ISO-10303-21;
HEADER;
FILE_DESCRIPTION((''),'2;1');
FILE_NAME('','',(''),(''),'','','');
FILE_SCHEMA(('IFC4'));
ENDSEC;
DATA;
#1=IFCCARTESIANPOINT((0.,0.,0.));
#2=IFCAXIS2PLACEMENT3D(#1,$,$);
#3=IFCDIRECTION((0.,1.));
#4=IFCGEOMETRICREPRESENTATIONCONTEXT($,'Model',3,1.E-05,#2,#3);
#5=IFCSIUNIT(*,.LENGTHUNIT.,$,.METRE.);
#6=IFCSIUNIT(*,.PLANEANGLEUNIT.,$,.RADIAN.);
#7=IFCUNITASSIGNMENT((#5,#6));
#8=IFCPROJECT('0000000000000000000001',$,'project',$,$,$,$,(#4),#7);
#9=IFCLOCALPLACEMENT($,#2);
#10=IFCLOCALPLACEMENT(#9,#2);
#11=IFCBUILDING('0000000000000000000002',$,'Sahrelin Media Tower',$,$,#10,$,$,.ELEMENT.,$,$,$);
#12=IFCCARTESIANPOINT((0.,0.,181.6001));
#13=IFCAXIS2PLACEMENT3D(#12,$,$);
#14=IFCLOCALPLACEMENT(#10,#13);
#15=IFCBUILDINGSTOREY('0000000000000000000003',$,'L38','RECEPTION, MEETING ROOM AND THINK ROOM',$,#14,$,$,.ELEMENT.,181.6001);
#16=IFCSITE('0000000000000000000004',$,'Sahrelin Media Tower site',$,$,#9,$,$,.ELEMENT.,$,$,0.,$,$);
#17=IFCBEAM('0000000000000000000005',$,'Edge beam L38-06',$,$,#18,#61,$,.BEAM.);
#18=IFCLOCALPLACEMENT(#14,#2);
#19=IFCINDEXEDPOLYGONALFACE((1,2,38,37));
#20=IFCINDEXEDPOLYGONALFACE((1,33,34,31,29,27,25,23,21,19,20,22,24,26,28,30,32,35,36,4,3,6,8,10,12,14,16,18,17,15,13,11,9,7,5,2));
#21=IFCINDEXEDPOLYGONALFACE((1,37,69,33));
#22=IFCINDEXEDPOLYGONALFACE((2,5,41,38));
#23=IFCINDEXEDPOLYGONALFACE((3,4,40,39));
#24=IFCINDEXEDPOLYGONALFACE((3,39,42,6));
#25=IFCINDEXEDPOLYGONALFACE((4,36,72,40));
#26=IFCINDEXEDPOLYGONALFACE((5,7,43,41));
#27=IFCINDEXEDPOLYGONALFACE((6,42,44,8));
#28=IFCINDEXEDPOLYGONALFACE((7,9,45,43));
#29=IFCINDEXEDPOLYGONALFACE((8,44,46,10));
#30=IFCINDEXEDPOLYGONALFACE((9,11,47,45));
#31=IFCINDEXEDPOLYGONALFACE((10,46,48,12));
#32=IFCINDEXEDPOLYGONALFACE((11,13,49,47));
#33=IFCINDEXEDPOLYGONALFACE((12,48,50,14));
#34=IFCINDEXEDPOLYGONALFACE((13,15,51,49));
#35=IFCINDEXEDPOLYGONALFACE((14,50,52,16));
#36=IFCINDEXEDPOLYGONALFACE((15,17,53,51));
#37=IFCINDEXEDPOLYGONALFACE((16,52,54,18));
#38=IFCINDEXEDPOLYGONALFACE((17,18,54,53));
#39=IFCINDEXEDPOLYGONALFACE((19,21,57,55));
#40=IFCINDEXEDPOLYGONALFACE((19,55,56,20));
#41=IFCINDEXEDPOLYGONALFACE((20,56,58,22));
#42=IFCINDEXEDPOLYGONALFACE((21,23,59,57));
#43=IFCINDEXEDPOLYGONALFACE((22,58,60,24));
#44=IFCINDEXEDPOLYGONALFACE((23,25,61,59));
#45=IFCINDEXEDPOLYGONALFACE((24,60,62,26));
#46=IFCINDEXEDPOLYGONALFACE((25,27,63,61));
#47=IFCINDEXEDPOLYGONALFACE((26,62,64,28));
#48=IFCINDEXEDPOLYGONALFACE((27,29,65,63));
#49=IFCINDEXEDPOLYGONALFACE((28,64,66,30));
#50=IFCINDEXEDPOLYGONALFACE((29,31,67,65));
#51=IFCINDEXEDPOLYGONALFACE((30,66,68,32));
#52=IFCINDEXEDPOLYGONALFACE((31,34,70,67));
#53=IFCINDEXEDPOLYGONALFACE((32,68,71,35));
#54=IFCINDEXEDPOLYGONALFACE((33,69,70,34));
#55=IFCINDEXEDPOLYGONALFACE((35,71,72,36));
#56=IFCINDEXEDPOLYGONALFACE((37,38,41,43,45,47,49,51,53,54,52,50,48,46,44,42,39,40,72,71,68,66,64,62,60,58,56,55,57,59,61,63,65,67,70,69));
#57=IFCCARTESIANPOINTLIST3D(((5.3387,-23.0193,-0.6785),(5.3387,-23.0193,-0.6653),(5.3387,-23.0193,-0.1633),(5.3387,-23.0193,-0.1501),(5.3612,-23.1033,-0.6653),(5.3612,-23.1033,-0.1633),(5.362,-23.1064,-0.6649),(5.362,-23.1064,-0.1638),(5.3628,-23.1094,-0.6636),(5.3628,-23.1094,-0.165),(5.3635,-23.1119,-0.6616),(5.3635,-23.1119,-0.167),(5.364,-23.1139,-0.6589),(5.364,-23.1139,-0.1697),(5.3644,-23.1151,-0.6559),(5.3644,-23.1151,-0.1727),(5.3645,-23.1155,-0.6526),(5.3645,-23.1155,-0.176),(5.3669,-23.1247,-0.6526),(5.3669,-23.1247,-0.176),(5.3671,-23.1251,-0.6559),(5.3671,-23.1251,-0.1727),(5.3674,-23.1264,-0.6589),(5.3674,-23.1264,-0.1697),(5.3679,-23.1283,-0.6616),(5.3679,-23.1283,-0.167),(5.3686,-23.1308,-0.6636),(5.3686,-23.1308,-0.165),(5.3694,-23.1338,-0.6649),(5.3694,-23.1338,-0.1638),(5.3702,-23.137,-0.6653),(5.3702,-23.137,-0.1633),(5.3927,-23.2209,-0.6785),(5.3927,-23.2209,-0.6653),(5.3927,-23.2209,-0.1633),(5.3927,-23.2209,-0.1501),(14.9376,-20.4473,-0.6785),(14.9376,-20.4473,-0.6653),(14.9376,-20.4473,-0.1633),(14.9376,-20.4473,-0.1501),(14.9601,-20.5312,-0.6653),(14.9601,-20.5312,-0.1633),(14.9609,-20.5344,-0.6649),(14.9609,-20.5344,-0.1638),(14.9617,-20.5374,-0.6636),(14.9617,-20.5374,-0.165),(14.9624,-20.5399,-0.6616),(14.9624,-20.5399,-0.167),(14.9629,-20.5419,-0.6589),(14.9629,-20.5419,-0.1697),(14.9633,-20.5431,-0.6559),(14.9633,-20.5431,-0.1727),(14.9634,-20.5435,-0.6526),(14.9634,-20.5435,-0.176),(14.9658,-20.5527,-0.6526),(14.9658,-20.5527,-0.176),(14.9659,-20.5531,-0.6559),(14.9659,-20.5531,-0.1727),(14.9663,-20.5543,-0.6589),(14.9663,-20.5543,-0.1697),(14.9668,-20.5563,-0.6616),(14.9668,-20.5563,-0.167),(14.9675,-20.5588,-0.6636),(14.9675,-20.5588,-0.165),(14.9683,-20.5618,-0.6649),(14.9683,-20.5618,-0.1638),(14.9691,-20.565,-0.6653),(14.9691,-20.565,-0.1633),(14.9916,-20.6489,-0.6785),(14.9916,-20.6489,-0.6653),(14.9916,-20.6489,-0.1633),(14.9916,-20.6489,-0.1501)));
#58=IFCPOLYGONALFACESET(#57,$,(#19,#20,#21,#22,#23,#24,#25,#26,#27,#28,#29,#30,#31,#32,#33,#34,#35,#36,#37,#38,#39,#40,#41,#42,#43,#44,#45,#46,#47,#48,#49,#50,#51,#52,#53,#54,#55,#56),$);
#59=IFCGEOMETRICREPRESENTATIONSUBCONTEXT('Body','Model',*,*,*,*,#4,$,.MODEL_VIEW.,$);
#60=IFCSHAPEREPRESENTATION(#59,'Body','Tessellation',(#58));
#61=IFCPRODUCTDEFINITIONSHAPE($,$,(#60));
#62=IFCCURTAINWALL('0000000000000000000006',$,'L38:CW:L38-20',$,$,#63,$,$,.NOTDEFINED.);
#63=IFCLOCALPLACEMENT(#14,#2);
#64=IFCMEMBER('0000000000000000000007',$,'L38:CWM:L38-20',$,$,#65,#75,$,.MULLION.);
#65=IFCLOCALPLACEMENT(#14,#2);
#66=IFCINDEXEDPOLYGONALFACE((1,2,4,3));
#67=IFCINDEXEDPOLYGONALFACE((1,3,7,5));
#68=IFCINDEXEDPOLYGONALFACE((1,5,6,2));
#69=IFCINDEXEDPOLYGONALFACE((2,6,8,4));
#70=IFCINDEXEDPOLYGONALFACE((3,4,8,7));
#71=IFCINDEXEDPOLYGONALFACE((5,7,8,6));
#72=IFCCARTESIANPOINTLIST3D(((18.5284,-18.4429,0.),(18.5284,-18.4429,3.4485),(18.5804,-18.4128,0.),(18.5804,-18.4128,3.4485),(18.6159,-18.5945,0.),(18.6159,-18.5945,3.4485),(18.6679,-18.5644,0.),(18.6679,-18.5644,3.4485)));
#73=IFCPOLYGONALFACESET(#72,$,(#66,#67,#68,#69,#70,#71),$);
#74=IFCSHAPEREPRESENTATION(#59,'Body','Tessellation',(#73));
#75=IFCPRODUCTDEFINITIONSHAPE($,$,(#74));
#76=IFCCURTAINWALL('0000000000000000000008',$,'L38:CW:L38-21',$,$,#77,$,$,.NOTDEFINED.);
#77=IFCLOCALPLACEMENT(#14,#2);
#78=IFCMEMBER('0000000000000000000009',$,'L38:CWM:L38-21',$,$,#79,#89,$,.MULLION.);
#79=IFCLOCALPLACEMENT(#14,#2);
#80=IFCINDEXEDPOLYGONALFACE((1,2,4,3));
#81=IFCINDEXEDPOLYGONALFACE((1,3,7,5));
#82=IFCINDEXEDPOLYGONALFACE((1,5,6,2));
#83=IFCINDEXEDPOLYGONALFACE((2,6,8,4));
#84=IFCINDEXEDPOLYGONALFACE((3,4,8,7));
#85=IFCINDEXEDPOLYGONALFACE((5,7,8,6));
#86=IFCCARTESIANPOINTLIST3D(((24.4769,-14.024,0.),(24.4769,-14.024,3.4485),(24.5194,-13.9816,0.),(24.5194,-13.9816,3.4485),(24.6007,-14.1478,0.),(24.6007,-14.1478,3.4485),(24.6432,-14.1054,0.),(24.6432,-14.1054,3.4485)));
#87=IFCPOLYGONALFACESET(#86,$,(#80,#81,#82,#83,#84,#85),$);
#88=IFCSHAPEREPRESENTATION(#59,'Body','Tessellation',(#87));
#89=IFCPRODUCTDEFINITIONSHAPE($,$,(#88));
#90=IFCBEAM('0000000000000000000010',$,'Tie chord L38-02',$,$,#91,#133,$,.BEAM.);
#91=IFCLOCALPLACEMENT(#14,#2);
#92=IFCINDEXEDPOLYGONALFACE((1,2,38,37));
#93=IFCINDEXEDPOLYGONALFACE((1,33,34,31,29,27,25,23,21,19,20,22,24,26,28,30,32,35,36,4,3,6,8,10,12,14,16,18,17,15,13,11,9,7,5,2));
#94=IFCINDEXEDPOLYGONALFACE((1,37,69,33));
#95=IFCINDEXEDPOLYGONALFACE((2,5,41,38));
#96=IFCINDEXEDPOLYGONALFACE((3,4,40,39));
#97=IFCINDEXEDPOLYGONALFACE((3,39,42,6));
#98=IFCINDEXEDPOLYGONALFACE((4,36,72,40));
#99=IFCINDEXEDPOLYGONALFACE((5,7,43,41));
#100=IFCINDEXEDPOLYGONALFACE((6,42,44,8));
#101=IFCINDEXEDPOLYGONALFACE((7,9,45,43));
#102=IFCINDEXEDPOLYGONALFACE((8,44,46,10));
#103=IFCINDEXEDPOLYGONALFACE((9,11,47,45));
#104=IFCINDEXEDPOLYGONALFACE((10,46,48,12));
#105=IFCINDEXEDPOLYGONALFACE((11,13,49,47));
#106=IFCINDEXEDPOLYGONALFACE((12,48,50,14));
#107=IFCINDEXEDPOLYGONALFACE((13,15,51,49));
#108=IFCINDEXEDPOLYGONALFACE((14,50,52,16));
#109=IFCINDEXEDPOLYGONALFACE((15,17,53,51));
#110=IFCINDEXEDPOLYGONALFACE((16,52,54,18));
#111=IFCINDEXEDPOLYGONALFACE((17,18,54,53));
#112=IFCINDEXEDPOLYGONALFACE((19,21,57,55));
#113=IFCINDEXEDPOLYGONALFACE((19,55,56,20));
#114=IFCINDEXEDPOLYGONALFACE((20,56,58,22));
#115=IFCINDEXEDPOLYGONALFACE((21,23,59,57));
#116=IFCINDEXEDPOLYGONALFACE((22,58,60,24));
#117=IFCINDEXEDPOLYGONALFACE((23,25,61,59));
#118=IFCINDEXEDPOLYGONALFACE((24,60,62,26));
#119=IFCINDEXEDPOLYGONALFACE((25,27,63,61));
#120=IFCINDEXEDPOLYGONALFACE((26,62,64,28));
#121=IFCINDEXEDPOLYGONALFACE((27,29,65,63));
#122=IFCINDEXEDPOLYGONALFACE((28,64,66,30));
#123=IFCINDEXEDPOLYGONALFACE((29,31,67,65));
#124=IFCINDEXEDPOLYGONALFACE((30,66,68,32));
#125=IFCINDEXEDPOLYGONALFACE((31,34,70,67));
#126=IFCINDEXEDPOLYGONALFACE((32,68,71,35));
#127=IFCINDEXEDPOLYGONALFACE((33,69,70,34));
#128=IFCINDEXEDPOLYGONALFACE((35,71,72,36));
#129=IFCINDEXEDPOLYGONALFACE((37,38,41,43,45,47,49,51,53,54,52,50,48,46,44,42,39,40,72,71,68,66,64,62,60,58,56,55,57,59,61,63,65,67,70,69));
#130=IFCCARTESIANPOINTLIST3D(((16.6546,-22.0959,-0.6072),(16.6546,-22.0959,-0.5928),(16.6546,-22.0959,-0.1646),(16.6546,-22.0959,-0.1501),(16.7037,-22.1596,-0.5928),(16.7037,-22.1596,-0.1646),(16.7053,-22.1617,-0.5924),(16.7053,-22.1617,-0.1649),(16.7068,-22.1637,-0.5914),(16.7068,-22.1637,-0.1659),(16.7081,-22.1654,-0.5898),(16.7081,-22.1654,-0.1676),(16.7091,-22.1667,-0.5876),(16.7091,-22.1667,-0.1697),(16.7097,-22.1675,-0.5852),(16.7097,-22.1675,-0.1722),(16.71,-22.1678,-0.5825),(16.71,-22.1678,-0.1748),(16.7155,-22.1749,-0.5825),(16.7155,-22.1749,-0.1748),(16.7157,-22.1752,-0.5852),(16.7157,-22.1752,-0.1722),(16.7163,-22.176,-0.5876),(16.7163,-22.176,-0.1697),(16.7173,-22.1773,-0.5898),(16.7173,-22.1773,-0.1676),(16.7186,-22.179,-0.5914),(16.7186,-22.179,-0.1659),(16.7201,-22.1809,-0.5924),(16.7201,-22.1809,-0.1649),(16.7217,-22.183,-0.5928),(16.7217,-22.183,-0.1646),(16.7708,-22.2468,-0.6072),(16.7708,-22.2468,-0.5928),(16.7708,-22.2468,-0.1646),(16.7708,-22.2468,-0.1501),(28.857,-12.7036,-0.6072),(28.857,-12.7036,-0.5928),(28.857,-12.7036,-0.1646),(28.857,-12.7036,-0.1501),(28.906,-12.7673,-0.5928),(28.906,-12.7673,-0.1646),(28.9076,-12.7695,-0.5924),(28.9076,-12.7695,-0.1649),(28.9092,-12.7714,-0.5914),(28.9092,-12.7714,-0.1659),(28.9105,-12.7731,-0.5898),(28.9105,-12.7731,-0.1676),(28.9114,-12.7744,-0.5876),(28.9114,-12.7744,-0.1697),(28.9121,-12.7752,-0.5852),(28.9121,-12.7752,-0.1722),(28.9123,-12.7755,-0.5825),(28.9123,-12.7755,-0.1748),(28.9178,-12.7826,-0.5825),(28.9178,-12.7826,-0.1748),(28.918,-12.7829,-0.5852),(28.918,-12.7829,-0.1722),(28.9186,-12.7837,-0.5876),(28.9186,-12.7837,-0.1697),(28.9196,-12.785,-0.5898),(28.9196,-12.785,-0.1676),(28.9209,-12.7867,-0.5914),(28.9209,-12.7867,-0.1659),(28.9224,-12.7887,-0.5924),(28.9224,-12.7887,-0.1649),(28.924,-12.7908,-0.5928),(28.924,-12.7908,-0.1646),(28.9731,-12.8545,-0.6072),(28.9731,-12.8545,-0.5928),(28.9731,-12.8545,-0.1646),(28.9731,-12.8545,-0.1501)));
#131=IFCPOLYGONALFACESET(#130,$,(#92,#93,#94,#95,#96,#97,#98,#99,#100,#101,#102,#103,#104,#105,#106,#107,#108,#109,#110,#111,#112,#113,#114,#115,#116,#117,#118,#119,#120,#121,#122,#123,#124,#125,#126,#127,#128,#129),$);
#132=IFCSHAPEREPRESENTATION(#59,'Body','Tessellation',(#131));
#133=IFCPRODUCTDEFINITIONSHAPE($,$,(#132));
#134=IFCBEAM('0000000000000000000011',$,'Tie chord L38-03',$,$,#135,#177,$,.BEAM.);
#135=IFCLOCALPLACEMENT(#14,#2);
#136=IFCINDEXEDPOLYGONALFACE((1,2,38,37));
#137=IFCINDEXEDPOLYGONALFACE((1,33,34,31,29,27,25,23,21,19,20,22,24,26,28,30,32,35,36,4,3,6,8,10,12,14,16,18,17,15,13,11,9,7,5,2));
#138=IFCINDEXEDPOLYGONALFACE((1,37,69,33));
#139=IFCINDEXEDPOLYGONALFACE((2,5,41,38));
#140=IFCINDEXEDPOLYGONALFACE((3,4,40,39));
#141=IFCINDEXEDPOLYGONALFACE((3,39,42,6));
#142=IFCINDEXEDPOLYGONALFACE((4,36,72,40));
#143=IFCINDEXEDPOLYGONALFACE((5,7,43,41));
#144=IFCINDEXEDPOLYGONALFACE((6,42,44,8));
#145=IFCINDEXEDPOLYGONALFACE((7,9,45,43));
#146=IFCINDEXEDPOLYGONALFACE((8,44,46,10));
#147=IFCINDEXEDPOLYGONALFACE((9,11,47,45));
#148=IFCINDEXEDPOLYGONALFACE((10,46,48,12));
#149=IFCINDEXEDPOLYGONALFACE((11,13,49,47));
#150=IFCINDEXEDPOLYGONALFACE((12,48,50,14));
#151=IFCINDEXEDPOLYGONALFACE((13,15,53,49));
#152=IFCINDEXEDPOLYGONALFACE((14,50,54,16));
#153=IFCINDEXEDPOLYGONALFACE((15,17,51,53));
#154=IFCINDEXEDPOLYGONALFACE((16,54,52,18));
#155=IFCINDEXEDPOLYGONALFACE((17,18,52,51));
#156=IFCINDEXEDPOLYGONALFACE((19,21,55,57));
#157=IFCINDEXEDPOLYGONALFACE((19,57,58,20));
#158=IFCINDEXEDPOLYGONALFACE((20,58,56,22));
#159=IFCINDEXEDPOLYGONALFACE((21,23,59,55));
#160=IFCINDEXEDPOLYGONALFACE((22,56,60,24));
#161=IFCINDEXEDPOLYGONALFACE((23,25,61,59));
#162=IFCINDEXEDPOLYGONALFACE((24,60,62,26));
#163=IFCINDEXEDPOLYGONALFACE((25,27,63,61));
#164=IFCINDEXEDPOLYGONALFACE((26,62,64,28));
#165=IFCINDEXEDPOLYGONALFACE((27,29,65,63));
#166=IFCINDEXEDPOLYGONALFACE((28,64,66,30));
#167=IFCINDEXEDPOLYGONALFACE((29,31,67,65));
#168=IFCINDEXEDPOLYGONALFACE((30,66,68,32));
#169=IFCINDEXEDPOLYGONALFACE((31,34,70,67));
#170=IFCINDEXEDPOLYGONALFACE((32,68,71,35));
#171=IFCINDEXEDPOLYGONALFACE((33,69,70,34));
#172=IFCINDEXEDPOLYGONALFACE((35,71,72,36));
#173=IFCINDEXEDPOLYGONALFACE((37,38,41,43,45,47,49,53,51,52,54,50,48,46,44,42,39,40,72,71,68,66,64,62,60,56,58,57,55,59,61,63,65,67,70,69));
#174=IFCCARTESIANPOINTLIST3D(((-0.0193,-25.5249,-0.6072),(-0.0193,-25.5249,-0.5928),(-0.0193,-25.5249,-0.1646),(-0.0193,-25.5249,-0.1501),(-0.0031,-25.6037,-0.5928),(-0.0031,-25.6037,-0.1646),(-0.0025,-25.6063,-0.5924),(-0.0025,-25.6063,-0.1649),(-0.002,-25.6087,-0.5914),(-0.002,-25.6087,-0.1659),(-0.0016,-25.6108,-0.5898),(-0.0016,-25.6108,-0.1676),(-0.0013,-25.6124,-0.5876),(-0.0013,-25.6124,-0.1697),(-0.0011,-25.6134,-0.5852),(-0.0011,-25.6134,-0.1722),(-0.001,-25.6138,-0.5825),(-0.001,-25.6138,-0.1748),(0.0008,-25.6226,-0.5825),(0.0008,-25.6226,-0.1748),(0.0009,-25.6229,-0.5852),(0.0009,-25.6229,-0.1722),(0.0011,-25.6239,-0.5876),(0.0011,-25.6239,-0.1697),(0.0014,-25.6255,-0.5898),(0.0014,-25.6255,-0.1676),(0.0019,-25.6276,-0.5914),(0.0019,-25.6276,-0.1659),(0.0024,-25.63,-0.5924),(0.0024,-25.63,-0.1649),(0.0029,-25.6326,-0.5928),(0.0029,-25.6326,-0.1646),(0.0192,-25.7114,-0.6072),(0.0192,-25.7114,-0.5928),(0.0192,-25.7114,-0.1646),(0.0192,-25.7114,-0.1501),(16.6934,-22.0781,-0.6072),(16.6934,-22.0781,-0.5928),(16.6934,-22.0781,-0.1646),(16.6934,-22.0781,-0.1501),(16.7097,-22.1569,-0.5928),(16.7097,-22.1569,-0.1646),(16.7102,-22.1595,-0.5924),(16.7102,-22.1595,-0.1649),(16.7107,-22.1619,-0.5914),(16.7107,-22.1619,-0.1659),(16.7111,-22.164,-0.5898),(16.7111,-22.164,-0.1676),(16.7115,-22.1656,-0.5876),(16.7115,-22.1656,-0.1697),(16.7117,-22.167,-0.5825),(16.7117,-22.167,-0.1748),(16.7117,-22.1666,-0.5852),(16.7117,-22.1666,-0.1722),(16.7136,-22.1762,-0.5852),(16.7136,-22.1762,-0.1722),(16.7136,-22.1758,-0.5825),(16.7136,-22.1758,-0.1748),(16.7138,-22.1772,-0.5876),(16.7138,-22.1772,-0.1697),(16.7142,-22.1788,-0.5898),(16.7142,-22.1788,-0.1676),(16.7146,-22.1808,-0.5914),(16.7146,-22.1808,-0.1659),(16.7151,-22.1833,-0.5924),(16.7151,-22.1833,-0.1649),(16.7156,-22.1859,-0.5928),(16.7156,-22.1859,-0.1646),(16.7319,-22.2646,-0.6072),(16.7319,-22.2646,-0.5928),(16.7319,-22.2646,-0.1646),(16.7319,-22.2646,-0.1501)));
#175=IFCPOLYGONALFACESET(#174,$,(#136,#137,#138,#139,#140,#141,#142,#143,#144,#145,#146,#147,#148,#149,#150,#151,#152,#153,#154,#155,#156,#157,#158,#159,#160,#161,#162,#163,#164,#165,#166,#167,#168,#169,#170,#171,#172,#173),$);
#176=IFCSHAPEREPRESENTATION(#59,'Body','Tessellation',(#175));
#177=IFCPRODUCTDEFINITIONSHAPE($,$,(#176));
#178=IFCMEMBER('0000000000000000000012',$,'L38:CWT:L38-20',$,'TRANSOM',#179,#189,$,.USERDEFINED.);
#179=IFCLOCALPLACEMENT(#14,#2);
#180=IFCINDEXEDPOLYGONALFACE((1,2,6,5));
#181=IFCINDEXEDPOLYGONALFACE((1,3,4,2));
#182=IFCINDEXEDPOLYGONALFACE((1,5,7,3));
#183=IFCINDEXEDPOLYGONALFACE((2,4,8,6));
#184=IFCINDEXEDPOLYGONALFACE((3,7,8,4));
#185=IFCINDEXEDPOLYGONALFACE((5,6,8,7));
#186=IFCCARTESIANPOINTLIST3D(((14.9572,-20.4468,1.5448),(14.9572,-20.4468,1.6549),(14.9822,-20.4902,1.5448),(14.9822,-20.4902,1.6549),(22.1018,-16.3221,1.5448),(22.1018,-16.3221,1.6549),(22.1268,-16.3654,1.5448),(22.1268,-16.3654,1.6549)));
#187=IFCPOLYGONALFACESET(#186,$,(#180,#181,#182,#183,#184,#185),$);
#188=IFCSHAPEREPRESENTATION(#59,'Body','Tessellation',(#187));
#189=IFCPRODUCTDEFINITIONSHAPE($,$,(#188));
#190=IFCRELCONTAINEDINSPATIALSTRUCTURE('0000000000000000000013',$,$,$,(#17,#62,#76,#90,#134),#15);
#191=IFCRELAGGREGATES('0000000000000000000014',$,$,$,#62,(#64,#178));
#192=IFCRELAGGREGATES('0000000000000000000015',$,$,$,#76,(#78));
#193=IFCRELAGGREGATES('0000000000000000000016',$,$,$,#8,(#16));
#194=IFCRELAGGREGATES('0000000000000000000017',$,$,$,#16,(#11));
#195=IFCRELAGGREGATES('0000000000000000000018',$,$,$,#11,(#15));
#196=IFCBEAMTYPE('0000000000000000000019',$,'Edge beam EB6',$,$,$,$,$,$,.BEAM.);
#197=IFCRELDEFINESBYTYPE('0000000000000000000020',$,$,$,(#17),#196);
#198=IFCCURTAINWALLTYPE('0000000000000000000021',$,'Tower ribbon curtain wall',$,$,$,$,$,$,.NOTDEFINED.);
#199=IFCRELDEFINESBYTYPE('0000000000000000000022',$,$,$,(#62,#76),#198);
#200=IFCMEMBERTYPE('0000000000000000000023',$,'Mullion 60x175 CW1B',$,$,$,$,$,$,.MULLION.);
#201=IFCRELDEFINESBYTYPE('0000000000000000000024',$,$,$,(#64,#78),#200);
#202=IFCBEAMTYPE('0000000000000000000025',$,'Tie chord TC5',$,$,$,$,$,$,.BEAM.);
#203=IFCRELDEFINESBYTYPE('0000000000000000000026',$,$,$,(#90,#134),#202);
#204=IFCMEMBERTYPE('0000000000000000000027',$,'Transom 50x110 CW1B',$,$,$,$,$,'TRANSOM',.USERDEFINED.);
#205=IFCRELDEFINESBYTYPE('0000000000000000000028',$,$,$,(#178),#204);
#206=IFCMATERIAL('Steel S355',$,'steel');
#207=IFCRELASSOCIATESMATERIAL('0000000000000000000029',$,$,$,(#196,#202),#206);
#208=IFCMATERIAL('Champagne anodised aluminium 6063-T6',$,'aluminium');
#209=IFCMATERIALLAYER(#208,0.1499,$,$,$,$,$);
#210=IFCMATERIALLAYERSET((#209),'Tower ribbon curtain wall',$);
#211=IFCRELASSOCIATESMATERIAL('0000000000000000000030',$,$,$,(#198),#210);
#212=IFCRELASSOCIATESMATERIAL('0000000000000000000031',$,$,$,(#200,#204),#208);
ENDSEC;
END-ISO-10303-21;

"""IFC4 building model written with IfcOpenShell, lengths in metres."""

from ifc_helpers import new_model, si_unit, direction, frame, origin, origin_2d, place, context, subcontext, project, spatial, rectangle, i_section, extrude, material, layer, layer_set, material_profile, profile_set, type_object, element, aggregate, save


model = new_model("IFC4")

# Units and contexts
model_context = context("Model", 3, precision=1e-05, world=origin(), true_north=direction((0.0, 1.0)))
body_context = subcontext(model_context, "Body", "Model", "MODEL_VIEW")
ifc_project = project(units=[si_unit("LENGTHUNIT", "METRE"), si_unit("PLANEANGLEUNIT", "RADIAN")], contexts=[model_context])

# Site, building, storey
site_placement = place(None, origin())
site = spatial("IfcSite", under=ifc_project, at=site_placement, Name="Sahrelin Media Tower site", CompositionType="ELEMENT", RefElevation=0.0)
building_placement = place(site_placement, origin())
building = spatial("IfcBuilding", under=site, at=building_placement, Name="Sahrelin Media Tower", CompositionType="ELEMENT")
storey_placement = place(building_placement, frame((0.0, 0.0, 181.6001)))
storey = spatial("IfcBuildingStorey", under=building, at=storey_placement, Name="L38", Description="RECEPTION, MEETING ROOM AND THINK ROOM", CompositionType="ELEMENT", Elevation=181.6001)

# Beam
ifc_material_1 = material(Name="Steel S355", Category="steel")
ifc_material_profile_1 = material_profile(ifc_material_1, i_section(OverallWidth=0.2087, OverallDepth=0.5283, WebThickness=0.0095, FlangeThickness=0.0132, FilletRadius=0.0127, at=origin_2d()), Name="UB 533x210x82")
ifc_profile_set_1 = profile_set([ifc_material_profile_1], Name="Steel S355")
beam_type_1 = type_object("IfcBeamType", Name="Edge beam EB6", PredefinedType="BEAM", material=ifc_profile_set_1)
beam_1_placement = place(storey_placement, frame((14.9646, -20.5481, -0.4143), z_axis=(-0.965926, -0.25882, 0.0), x_axis=(0.25882, -0.965926, 0.0)))
element("IfcBeam", 1, at=beam_1_placement, inside=storey, type_object=beam_type_1, Name="Edge beam L38-06", PredefinedType="BEAM", context=body_context, shape_type="SweptSolid", body=[
    extrude(i_section(OverallWidth=0.2087, OverallDepth=0.5283, WebThickness=0.0095, FlangeThickness=0.0132, FilletRadius=0.0127, at=origin_2d()), origin(), (0.0, 0.0, 1.0), 9.9375),
])

# Curtain walls, members
ifc_material_2 = material(Name="Champagne anodised aluminium 6063-T6", Category="aluminium")
ifc_layer_1 = layer(ifc_material_2, 0.1499)
ifc_layer_set_1 = layer_set([ifc_layer_1], Name="Tower ribbon curtain wall")
curtain_wall_type = type_object("IfcCurtainWallType", Name="Tower ribbon curtain wall", PredefinedType="NOTDEFINED", material=ifc_layer_set_1)
curtain_wall_1_placement = place(storey_placement, frame((18.6521, -18.5967, 0.0), z_axis=(0.0, 0.0, 1.0), x_axis=(1.0, 0.0, 0.0)))
curtain_wall_1 = element("IfcCurtainWall", 2, at=curtain_wall_1_placement, inside=storey, type_object=curtain_wall_type, Name="L38:CW:L38-20", PredefinedType="NOTDEFINED")
ifc_material_profile_2 = material_profile(ifc_material_2, rectangle(XDim=0.0601, YDim=0.175, at=origin_2d()), Name="Mullion 60x175")
ifc_profile_set_2 = profile_set([ifc_material_profile_2], Name="Champagne anodised aluminium 6063-T6")
member_type_1 = type_object("IfcMemberType", Name="Mullion 60x175 CW1B", PredefinedType="MULLION", material=ifc_profile_set_2)
member_1_placement = place(storey_placement, frame((18.5981, -18.5037, 0.0), z_axis=(0.0, 0.0, 1.0), x_axis=(0.866021, 0.500008, 0.0)))
member_1 = element("IfcMember", 3, at=member_1_placement, type_object=member_type_1, Name="L38:CWM:L38-20", PredefinedType="MULLION", context=body_context, shape_type="SweptSolid", body=[
    extrude(rectangle(XDim=0.0601, YDim=0.175, at=origin_2d()), origin(), (0.0, 0.0, 1.0), 3.4485),
])
curtain_wall_2_placement = place(storey_placement, frame((24.636, -14.1406, 0.0), z_axis=(0.0, 0.0, 1.0), x_axis=(1.0, 0.0, 0.0)))
curtain_wall_2 = element("IfcCurtainWall", 4, at=curtain_wall_2_placement, inside=storey, type_object=curtain_wall_type, Name="L38:CW:L38-21", PredefinedType="NOTDEFINED")
member_2_placement = place(storey_placement, frame((24.5601, -14.0647, 0.0), z_axis=(0.0, 0.0, 1.0), x_axis=(0.707107, 0.707107, 0.0)))
member_2 = element("IfcMember", 5, at=member_2_placement, type_object=member_type_1, Name="L38:CWM:L38-21", PredefinedType="MULLION", context=body_context, shape_type="SweptSolid", body=[
    extrude(rectangle(XDim=0.0601, YDim=0.175, at=origin_2d()), origin(), (0.0, 0.0, 1.0), 3.4485),
])

# Beams
ifc_material_profile_3 = material_profile(ifc_material_1, i_section(OverallWidth=0.1904, OverallDepth=0.457, WebThickness=0.009, FlangeThickness=0.0144, FilletRadius=0.0103, at=origin_2d()), Name="UB 457x191x74")
ifc_profile_set_3 = profile_set([ifc_material_profile_3], Name="Steel S355")
beam_type_2 = type_object("IfcBeamType", Name="Tie chord TC5", PredefinedType="BEAM", material=ifc_profile_set_3)
beam_2_placement = place(storey_placement, frame((28.915, -12.7791, -0.3787), z_axis=(-0.792439, -0.609951, 0.0), x_axis=(0.609951, -0.792439, 0.0)))
element("IfcBeam", 6, at=beam_2_placement, inside=storey, type_object=beam_type_2, Name="Tie chord L38-02", PredefinedType="BEAM", context=body_context, shape_type="SweptSolid", body=[
    extrude(i_section(OverallWidth=0.1904, OverallDepth=0.457, WebThickness=0.009, FlangeThickness=0.0144, FilletRadius=0.0103, at=origin_2d()), origin(), (0.0, 0.0, 1.0), 15.3984),
])
beam_3_placement = place(storey_placement, frame((16.7126, -22.1714, -0.3787), z_axis=(-0.979388, -0.201987, 0.0), x_axis=(0.201987, -0.979388, 0.0)))
element("IfcBeam", 7, at=beam_3_placement, inside=storey, type_object=beam_type_2, Name="Tie chord L38-03", PredefinedType="BEAM", context=body_context, shape_type="SweptSolid", body=[
    extrude(i_section(OverallWidth=0.1904, OverallDepth=0.457, WebThickness=0.009, FlangeThickness=0.0144, FilletRadius=0.0103, at=origin_2d()), origin(), (0.0, 0.0, 1.0), 17.0645),
])

# Member
ifc_material_profile_4 = material_profile(ifc_material_2, rectangle(XDim=0.05, YDim=0.1101, at=origin_2d()), Name="Transom 50x110")
ifc_profile_set_4 = profile_set([ifc_material_profile_4], Name="Champagne anodised aluminium 6063-T6")
member_type_2 = type_object("IfcMemberType", Name="Transom 50x110 CW1B", ElementType="TRANSOM", PredefinedType="USERDEFINED", material=ifc_profile_set_4)
member_3_placement = place(storey_placement, frame((14.9697, -20.4685, 1.5999), z_axis=(0.866033, 0.499987, 0.0), x_axis=(-0.499987, 0.866033, 0.0)))
member_3 = element("IfcMember", 8, at=member_3_placement, type_object=member_type_2, Name="L38:CWT:L38-20", ObjectType="TRANSOM", PredefinedType="USERDEFINED", context=body_context, shape_type="SweptSolid", body=[
    extrude(rectangle(XDim=0.05, YDim=0.1101, at=origin_2d()), origin(), (0.0, 0.0, 1.0), 8.2498),
])

aggregate(curtain_wall_1, [member_1, member_3])
aggregate(curtain_wall_2, [member_2])

save(model, "model.ifc")
